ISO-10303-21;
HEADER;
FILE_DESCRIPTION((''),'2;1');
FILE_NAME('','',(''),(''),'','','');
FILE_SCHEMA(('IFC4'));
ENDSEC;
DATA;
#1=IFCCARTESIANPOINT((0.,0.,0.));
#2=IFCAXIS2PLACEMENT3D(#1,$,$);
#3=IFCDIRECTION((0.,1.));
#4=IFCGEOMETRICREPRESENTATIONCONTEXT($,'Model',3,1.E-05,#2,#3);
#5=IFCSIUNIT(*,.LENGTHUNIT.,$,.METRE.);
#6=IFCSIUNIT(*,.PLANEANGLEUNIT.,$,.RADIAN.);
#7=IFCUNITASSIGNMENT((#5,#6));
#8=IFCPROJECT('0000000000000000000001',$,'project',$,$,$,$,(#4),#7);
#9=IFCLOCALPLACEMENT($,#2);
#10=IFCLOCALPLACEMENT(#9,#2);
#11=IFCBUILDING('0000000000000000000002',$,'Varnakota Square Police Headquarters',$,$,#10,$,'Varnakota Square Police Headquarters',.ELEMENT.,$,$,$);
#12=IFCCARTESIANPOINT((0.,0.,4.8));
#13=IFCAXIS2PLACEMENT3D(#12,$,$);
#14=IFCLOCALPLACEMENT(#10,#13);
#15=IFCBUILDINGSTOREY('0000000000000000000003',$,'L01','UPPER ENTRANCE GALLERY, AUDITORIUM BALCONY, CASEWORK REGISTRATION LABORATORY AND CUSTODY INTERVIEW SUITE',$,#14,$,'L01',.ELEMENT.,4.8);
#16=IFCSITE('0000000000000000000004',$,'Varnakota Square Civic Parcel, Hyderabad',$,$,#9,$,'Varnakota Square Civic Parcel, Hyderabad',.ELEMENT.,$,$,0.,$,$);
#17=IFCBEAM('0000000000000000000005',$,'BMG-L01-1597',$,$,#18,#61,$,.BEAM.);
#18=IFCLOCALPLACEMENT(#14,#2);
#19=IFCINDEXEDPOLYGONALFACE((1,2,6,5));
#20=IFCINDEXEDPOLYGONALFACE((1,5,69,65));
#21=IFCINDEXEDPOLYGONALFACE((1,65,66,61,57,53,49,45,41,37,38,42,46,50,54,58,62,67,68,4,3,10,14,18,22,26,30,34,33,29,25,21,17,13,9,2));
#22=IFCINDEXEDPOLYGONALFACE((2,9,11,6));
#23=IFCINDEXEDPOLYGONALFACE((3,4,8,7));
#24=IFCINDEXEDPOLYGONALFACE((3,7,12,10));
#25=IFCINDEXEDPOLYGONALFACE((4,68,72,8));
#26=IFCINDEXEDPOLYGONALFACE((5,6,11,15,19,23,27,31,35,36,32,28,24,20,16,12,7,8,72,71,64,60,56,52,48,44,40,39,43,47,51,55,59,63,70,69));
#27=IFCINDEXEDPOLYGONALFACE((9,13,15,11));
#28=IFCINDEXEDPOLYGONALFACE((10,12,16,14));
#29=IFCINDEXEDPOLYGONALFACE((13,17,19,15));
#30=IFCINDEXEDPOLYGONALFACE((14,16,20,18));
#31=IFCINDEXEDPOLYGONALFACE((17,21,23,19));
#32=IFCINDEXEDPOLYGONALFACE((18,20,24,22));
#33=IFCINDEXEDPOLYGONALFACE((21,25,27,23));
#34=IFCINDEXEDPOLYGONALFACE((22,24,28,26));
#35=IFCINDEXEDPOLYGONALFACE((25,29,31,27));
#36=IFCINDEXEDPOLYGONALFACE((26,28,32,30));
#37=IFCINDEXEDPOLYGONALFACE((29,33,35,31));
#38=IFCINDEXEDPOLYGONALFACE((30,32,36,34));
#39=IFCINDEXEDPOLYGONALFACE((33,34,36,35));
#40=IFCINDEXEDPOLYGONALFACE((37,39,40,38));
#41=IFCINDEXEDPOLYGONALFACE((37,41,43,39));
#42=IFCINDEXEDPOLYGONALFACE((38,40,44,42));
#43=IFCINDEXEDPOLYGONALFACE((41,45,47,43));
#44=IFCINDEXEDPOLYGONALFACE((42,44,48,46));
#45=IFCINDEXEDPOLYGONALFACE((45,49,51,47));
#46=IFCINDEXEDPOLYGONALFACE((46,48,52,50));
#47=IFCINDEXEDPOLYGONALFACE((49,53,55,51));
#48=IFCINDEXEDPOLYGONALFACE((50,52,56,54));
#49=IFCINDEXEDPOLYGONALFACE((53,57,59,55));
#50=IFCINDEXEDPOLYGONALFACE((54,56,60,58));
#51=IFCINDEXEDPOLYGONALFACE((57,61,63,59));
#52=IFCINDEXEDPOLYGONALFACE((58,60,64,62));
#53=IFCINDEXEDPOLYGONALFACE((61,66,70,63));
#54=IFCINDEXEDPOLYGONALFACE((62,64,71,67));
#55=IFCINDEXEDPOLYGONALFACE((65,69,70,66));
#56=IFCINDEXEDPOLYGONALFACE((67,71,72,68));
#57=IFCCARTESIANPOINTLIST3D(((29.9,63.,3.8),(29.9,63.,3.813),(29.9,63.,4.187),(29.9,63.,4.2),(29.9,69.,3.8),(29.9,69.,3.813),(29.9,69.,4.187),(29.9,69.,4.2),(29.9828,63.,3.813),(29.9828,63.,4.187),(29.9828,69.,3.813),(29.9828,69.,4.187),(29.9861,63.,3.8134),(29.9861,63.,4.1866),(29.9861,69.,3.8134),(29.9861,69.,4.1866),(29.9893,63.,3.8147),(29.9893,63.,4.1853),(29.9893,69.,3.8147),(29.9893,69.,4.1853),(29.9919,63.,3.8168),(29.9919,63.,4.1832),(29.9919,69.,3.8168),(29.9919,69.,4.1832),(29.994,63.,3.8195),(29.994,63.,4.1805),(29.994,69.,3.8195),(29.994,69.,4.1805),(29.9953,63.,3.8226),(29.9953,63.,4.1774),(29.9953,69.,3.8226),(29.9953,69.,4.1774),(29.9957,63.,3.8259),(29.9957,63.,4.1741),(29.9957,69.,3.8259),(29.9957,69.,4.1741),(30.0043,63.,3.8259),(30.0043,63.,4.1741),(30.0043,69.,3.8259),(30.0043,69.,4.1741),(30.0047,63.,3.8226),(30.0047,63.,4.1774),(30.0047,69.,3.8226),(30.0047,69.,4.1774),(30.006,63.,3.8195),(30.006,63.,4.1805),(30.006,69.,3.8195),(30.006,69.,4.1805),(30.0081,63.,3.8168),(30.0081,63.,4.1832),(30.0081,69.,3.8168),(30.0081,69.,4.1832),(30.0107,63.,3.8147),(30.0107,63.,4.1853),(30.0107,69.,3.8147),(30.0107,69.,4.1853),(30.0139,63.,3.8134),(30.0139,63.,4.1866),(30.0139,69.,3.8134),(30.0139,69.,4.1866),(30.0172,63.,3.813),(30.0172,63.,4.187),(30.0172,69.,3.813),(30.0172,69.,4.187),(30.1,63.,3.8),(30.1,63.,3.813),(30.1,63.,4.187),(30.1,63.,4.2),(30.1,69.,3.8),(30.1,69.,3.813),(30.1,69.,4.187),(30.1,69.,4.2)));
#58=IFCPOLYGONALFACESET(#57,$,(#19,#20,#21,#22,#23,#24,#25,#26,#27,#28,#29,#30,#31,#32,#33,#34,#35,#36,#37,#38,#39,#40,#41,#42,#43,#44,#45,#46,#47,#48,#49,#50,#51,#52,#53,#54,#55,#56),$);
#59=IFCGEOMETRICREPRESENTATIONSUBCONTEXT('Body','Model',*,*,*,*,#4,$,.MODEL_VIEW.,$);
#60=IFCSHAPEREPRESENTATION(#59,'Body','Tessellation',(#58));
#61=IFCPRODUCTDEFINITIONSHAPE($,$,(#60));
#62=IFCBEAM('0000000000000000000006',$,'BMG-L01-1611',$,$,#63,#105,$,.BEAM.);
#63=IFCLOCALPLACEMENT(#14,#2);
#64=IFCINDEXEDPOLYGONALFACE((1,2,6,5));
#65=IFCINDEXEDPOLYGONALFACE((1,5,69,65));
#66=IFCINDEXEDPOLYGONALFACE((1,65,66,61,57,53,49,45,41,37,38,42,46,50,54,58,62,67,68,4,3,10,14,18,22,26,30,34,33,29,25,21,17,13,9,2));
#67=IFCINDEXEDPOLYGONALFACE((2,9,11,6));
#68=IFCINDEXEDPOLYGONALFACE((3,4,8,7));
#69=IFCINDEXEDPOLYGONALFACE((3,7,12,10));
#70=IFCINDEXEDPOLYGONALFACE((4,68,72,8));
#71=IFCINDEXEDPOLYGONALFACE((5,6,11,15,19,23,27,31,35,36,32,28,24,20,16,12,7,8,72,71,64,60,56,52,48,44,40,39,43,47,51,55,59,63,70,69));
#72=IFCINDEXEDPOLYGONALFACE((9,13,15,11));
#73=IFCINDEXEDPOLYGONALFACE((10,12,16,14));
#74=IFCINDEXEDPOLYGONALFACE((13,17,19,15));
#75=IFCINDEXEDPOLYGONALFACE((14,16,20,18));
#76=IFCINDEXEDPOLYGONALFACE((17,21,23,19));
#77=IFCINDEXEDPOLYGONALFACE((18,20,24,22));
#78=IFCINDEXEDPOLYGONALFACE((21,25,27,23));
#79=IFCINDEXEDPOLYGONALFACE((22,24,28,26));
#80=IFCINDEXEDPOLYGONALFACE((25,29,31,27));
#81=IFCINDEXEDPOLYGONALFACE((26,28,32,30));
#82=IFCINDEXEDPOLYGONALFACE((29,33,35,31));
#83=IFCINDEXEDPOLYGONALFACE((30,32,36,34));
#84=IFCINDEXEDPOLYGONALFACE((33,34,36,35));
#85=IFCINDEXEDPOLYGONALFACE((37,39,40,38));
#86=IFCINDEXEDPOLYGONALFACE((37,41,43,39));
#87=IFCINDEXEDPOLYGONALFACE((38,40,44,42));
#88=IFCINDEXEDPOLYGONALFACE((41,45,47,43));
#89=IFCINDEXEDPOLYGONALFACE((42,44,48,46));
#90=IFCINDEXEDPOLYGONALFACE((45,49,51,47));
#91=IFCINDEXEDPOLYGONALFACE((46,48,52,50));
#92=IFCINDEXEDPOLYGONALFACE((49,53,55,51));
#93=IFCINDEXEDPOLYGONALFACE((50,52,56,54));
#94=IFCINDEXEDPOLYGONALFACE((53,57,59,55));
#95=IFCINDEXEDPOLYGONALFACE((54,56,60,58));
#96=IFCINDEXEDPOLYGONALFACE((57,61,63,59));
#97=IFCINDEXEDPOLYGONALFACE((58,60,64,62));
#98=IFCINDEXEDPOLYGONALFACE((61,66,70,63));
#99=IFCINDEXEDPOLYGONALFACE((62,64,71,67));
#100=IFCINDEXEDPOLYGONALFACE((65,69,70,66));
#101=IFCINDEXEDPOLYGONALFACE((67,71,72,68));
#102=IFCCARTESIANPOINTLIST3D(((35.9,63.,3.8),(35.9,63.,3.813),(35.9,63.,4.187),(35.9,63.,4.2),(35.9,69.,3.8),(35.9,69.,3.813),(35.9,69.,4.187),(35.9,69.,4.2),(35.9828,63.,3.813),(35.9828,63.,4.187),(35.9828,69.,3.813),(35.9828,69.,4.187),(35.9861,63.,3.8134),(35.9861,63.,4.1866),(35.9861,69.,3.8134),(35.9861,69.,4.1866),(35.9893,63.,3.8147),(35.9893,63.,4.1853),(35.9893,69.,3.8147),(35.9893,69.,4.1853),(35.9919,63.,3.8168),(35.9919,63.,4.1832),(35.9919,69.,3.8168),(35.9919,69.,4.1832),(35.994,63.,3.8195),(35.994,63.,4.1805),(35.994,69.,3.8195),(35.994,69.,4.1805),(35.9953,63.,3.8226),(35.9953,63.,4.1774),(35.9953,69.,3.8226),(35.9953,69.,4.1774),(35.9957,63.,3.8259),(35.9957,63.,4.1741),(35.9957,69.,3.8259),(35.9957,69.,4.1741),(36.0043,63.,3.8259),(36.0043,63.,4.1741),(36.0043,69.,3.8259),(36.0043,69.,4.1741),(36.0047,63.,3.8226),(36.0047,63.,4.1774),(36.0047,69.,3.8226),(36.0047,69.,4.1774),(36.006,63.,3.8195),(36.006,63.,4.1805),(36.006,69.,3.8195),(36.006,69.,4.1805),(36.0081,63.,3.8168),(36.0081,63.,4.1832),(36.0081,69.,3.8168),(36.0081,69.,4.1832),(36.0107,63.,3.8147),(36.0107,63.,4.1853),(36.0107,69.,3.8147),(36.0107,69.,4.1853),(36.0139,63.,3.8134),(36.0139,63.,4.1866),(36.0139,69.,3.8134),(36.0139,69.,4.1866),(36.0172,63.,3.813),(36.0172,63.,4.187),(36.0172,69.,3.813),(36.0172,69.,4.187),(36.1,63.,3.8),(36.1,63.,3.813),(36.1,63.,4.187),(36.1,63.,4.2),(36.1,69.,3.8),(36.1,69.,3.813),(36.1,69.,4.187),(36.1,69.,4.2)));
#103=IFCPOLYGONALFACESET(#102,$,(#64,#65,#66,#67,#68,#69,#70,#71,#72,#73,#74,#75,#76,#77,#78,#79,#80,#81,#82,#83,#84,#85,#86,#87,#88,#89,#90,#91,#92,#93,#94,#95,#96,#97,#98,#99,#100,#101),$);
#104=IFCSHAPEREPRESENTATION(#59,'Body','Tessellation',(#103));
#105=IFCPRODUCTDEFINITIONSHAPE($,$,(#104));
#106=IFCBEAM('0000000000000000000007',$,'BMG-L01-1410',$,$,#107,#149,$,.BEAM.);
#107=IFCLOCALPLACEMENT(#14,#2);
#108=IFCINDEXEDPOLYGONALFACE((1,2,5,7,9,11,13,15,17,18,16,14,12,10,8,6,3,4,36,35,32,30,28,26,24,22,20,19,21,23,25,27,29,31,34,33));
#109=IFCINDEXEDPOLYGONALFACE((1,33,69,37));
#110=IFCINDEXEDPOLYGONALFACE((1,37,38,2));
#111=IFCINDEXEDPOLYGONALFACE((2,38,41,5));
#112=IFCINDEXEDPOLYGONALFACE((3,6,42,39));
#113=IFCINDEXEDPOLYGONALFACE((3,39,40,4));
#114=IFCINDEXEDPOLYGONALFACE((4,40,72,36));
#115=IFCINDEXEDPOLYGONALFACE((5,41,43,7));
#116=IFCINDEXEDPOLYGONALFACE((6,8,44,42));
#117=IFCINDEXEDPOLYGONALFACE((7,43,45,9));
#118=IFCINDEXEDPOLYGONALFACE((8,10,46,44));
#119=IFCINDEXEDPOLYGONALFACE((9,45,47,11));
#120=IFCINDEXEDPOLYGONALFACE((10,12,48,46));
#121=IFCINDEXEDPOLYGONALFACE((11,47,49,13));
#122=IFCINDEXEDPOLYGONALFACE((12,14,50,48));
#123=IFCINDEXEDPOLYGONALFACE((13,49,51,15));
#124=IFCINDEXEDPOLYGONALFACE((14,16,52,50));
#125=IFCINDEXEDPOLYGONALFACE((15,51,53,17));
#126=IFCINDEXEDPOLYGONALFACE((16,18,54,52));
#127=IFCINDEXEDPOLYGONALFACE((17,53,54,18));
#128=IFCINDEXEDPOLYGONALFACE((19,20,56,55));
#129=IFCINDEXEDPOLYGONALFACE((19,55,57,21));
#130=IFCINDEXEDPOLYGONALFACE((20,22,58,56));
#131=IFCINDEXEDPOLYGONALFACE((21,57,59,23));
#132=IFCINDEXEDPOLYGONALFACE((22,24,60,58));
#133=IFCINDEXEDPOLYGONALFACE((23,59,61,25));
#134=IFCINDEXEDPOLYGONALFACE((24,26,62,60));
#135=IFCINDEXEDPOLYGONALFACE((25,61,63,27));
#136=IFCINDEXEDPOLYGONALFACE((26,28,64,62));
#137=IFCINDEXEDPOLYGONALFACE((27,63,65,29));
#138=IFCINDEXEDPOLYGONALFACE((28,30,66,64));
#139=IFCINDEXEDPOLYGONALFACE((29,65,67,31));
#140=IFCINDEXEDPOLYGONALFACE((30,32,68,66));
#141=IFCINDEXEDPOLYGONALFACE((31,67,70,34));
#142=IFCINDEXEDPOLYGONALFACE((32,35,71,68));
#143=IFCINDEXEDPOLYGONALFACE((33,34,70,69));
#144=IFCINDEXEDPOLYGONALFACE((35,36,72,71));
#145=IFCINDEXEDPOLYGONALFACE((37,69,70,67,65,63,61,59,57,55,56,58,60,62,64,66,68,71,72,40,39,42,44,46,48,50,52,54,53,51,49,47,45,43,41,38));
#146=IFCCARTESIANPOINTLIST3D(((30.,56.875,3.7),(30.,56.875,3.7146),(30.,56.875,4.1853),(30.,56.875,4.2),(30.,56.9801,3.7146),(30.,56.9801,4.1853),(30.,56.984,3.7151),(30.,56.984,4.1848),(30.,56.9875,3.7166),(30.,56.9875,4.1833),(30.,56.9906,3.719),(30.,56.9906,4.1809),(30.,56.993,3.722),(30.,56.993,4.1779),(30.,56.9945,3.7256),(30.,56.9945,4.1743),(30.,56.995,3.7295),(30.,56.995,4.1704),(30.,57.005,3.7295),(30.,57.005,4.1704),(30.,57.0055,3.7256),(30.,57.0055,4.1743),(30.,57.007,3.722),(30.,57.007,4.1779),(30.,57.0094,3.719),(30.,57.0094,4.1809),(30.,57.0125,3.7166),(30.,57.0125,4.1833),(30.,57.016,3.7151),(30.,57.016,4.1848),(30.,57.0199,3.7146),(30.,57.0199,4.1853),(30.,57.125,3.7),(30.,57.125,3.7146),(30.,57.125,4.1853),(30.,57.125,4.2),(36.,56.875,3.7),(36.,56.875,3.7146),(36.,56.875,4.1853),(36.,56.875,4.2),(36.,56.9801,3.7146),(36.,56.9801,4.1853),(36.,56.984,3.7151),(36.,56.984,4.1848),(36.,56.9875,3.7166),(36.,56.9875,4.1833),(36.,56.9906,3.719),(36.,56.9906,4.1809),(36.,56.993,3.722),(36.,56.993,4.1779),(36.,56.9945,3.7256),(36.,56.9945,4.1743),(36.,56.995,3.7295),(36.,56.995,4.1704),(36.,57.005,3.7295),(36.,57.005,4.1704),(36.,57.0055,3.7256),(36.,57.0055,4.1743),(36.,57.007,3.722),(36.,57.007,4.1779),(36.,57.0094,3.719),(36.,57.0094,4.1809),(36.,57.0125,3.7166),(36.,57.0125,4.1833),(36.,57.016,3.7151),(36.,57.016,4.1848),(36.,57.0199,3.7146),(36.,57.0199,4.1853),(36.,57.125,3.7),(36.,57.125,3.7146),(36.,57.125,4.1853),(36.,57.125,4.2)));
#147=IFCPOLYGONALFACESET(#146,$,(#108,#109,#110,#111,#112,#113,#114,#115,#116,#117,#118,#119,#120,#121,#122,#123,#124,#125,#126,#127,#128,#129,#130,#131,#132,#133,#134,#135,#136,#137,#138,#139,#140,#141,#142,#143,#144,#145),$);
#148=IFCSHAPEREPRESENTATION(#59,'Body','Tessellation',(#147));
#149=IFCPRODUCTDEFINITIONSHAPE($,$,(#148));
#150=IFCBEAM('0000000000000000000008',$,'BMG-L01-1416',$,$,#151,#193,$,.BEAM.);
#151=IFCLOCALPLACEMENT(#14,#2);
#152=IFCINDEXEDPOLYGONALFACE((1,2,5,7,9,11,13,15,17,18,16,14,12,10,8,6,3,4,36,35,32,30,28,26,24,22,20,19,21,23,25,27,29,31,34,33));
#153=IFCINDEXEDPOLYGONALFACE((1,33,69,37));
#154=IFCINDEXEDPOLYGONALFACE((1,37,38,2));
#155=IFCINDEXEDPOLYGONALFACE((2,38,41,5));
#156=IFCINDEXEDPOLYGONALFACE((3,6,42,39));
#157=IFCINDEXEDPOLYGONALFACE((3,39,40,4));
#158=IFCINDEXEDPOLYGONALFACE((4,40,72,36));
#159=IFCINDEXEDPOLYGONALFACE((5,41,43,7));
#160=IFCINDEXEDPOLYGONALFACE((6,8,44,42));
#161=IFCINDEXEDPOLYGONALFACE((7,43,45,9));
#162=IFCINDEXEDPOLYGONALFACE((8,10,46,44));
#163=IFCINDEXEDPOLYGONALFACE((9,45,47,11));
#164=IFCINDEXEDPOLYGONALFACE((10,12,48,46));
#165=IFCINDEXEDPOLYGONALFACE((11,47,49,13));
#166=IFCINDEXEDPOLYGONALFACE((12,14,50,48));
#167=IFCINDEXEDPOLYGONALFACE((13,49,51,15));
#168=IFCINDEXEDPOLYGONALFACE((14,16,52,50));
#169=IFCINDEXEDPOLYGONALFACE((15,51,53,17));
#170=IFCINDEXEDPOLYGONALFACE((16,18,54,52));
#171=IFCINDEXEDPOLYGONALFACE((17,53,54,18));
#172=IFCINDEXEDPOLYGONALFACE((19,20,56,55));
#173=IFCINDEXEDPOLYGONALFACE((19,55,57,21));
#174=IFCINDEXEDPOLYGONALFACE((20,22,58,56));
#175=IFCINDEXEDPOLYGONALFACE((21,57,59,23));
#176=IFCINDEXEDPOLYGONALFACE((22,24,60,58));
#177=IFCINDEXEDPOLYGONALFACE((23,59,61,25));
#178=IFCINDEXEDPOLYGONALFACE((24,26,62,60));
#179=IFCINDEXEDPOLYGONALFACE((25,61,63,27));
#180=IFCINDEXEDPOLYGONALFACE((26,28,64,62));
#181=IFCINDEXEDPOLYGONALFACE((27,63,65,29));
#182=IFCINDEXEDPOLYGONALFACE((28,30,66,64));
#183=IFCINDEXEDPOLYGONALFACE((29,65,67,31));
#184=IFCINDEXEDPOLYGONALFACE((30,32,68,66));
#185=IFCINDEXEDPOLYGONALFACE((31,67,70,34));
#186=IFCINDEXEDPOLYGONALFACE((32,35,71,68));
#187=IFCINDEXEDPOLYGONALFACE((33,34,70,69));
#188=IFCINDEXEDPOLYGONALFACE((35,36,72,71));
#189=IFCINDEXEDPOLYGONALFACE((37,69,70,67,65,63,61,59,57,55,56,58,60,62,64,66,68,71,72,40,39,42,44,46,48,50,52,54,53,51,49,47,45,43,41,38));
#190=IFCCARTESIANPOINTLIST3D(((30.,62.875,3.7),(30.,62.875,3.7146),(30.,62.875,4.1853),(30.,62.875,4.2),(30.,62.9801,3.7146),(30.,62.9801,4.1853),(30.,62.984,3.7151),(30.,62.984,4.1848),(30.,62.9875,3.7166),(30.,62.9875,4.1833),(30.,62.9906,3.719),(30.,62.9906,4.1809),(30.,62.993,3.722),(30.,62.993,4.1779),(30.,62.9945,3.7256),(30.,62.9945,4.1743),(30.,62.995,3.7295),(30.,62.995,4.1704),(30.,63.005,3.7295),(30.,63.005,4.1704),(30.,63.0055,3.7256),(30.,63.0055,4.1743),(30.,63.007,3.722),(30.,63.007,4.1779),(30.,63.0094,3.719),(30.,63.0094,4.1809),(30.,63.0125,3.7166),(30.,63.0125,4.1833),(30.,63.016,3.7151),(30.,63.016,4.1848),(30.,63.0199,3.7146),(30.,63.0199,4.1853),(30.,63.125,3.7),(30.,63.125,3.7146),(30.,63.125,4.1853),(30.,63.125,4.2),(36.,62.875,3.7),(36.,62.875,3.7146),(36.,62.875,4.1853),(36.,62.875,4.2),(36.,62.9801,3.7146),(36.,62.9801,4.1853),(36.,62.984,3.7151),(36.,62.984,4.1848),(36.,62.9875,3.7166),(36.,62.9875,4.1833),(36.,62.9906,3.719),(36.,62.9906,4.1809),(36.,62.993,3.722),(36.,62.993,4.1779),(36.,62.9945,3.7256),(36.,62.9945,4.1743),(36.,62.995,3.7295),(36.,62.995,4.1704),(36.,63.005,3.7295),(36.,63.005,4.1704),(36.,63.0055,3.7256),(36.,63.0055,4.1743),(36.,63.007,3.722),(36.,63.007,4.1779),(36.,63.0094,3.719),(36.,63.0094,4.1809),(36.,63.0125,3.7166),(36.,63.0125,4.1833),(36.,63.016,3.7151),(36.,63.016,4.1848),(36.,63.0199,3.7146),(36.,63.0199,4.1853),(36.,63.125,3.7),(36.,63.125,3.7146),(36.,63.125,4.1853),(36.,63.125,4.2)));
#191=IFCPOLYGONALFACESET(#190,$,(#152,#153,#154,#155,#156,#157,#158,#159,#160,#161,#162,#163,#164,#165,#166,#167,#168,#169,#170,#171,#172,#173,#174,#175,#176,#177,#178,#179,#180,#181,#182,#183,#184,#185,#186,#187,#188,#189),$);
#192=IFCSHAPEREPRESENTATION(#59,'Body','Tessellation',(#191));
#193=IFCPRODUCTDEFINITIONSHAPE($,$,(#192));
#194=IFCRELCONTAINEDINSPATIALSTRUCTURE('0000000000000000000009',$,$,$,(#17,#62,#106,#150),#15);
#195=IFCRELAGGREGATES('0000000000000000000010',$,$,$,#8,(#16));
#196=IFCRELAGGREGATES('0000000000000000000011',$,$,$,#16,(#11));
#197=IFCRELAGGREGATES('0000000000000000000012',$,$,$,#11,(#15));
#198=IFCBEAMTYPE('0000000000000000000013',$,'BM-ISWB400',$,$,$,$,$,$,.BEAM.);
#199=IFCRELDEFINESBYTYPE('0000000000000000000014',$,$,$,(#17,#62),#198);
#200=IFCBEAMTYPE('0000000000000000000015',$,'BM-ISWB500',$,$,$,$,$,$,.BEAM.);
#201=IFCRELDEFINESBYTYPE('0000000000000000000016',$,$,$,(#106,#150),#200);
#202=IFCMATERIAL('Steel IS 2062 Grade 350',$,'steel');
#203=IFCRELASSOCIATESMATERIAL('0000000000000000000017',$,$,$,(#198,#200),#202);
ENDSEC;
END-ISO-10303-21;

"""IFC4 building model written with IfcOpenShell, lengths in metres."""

from ifc_helpers import new_model, si_unit, direction, frame, origin, origin_2d, place, context, subcontext, project, spatial, i_section, extrude, material, material_profile, profile_set, type_object, element, save


model = new_model("IFC4")

# Units and contexts
model_context = context("Model", 3, precision=1e-05, world=origin(), true_north=direction((0.0, 1.0)))
body_context = subcontext(model_context, "Body", "Model", "MODEL_VIEW")
ifc_project = project(units=[si_unit("LENGTHUNIT", "METRE"), si_unit("PLANEANGLEUNIT", "RADIAN")], contexts=[model_context])

# Site, building, storey
site_placement = place(None, origin())
site = spatial("IfcSite", under=ifc_project, at=site_placement, Name="Varnakota Square Civic Parcel, Hyderabad", LongName="Varnakota Square Civic Parcel, Hyderabad", CompositionType="ELEMENT", RefElevation=0.0)
building_placement = place(site_placement, origin())
building = spatial("IfcBuilding", under=site, at=building_placement, Name="Varnakota Square Police Headquarters", LongName="Varnakota Square Police Headquarters", CompositionType="ELEMENT")
storey_placement = place(building_placement, frame((0.0, 0.0, 4.8)))
storey = spatial("IfcBuildingStorey", under=building, at=storey_placement, Name="L01", Description="UPPER ENTRANCE GALLERY, AUDITORIUM BALCONY, CASEWORK REGISTRATION LABORATORY AND CUSTODY INTERVIEW SUITE", LongName="L01", CompositionType="ELEMENT", Elevation=4.8)

# Shared definitions
ifc_material_1 = material(Name="Steel IS 2062 Grade 350", Category="steel")

# Beams
ifc_material_profile_1 = material_profile(ifc_material_1, i_section(OverallWidth=0.2, OverallDepth=0.3999, WebThickness=0.0085, FlangeThickness=0.0129, FilletRadius=0.0129, at=origin_2d()), Name="ISWB 400")
ifc_profile_set_1 = profile_set([ifc_material_profile_1], Name="Steel IS 2062 Grade 350")
beam_type_1 = type_object("IfcBeamType", Name="BM-ISWB400", PredefinedType="BEAM", material=ifc_profile_set_1)
for number, where, z_axis, x_axis, name in (
    (1, (30.0, 63.0, 4.0), (0.0, 1.0, 0.0), (-1.0, 0.0, 0.0), "BMG-L01-1597"),
    (2, (36.0, 63.0, 4.0), (0.0, 1.0, 0.0), (-1.0, 0.0, 0.0), "BMG-L01-1611"),
):
    element("IfcBeam", number, at=place(storey_placement, frame(where, z_axis=z_axis, x_axis=x_axis)), inside=storey, type_object=beam_type_1, Name=name, PredefinedType="BEAM", context=body_context, shape_type="SweptSolid", body=[
        extrude(i_section(OverallWidth=0.2, OverallDepth=0.3999, WebThickness=0.0085, FlangeThickness=0.0129, FilletRadius=0.0129, at=origin_2d()), origin(), (0.0, 0.0, 1.0), 6.0),
    ])
ifc_material_profile_2 = material_profile(ifc_material_1, i_section(OverallWidth=0.25, OverallDepth=0.5, WebThickness=0.01, FlangeThickness=0.0146, FilletRadius=0.0149, at=origin_2d()), Name="ISWB 500")
ifc_profile_set_2 = profile_set([ifc_material_profile_2], Name="Steel IS 2062 Grade 350")
beam_type_2 = type_object("IfcBeamType", Name="BM-ISWB500", PredefinedType="BEAM", material=ifc_profile_set_2)
for number, where, z_axis, x_axis, name in (
    (3, (30.0, 57.0, 3.95), (1.0, 0.0, 0.0), (0.0, 1.0, 0.0), "BMG-L01-1410"),
    (4, (30.0, 63.0, 3.95), (1.0, 0.0, 0.0), (0.0, 1.0, 0.0), "BMG-L01-1416"),
):
    element("IfcBeam", number, at=place(storey_placement, frame(where, z_axis=z_axis, x_axis=x_axis)), inside=storey, type_object=beam_type_2, Name=name, PredefinedType="BEAM", context=body_context, shape_type="SweptSolid", body=[
        extrude(i_section(OverallWidth=0.25, OverallDepth=0.5, WebThickness=0.01, FlangeThickness=0.0146, FilletRadius=0.0149, at=origin_2d()), origin(), (0.0, 0.0, 1.0), 6.0),
    ])

save(model, "model.ifc")
